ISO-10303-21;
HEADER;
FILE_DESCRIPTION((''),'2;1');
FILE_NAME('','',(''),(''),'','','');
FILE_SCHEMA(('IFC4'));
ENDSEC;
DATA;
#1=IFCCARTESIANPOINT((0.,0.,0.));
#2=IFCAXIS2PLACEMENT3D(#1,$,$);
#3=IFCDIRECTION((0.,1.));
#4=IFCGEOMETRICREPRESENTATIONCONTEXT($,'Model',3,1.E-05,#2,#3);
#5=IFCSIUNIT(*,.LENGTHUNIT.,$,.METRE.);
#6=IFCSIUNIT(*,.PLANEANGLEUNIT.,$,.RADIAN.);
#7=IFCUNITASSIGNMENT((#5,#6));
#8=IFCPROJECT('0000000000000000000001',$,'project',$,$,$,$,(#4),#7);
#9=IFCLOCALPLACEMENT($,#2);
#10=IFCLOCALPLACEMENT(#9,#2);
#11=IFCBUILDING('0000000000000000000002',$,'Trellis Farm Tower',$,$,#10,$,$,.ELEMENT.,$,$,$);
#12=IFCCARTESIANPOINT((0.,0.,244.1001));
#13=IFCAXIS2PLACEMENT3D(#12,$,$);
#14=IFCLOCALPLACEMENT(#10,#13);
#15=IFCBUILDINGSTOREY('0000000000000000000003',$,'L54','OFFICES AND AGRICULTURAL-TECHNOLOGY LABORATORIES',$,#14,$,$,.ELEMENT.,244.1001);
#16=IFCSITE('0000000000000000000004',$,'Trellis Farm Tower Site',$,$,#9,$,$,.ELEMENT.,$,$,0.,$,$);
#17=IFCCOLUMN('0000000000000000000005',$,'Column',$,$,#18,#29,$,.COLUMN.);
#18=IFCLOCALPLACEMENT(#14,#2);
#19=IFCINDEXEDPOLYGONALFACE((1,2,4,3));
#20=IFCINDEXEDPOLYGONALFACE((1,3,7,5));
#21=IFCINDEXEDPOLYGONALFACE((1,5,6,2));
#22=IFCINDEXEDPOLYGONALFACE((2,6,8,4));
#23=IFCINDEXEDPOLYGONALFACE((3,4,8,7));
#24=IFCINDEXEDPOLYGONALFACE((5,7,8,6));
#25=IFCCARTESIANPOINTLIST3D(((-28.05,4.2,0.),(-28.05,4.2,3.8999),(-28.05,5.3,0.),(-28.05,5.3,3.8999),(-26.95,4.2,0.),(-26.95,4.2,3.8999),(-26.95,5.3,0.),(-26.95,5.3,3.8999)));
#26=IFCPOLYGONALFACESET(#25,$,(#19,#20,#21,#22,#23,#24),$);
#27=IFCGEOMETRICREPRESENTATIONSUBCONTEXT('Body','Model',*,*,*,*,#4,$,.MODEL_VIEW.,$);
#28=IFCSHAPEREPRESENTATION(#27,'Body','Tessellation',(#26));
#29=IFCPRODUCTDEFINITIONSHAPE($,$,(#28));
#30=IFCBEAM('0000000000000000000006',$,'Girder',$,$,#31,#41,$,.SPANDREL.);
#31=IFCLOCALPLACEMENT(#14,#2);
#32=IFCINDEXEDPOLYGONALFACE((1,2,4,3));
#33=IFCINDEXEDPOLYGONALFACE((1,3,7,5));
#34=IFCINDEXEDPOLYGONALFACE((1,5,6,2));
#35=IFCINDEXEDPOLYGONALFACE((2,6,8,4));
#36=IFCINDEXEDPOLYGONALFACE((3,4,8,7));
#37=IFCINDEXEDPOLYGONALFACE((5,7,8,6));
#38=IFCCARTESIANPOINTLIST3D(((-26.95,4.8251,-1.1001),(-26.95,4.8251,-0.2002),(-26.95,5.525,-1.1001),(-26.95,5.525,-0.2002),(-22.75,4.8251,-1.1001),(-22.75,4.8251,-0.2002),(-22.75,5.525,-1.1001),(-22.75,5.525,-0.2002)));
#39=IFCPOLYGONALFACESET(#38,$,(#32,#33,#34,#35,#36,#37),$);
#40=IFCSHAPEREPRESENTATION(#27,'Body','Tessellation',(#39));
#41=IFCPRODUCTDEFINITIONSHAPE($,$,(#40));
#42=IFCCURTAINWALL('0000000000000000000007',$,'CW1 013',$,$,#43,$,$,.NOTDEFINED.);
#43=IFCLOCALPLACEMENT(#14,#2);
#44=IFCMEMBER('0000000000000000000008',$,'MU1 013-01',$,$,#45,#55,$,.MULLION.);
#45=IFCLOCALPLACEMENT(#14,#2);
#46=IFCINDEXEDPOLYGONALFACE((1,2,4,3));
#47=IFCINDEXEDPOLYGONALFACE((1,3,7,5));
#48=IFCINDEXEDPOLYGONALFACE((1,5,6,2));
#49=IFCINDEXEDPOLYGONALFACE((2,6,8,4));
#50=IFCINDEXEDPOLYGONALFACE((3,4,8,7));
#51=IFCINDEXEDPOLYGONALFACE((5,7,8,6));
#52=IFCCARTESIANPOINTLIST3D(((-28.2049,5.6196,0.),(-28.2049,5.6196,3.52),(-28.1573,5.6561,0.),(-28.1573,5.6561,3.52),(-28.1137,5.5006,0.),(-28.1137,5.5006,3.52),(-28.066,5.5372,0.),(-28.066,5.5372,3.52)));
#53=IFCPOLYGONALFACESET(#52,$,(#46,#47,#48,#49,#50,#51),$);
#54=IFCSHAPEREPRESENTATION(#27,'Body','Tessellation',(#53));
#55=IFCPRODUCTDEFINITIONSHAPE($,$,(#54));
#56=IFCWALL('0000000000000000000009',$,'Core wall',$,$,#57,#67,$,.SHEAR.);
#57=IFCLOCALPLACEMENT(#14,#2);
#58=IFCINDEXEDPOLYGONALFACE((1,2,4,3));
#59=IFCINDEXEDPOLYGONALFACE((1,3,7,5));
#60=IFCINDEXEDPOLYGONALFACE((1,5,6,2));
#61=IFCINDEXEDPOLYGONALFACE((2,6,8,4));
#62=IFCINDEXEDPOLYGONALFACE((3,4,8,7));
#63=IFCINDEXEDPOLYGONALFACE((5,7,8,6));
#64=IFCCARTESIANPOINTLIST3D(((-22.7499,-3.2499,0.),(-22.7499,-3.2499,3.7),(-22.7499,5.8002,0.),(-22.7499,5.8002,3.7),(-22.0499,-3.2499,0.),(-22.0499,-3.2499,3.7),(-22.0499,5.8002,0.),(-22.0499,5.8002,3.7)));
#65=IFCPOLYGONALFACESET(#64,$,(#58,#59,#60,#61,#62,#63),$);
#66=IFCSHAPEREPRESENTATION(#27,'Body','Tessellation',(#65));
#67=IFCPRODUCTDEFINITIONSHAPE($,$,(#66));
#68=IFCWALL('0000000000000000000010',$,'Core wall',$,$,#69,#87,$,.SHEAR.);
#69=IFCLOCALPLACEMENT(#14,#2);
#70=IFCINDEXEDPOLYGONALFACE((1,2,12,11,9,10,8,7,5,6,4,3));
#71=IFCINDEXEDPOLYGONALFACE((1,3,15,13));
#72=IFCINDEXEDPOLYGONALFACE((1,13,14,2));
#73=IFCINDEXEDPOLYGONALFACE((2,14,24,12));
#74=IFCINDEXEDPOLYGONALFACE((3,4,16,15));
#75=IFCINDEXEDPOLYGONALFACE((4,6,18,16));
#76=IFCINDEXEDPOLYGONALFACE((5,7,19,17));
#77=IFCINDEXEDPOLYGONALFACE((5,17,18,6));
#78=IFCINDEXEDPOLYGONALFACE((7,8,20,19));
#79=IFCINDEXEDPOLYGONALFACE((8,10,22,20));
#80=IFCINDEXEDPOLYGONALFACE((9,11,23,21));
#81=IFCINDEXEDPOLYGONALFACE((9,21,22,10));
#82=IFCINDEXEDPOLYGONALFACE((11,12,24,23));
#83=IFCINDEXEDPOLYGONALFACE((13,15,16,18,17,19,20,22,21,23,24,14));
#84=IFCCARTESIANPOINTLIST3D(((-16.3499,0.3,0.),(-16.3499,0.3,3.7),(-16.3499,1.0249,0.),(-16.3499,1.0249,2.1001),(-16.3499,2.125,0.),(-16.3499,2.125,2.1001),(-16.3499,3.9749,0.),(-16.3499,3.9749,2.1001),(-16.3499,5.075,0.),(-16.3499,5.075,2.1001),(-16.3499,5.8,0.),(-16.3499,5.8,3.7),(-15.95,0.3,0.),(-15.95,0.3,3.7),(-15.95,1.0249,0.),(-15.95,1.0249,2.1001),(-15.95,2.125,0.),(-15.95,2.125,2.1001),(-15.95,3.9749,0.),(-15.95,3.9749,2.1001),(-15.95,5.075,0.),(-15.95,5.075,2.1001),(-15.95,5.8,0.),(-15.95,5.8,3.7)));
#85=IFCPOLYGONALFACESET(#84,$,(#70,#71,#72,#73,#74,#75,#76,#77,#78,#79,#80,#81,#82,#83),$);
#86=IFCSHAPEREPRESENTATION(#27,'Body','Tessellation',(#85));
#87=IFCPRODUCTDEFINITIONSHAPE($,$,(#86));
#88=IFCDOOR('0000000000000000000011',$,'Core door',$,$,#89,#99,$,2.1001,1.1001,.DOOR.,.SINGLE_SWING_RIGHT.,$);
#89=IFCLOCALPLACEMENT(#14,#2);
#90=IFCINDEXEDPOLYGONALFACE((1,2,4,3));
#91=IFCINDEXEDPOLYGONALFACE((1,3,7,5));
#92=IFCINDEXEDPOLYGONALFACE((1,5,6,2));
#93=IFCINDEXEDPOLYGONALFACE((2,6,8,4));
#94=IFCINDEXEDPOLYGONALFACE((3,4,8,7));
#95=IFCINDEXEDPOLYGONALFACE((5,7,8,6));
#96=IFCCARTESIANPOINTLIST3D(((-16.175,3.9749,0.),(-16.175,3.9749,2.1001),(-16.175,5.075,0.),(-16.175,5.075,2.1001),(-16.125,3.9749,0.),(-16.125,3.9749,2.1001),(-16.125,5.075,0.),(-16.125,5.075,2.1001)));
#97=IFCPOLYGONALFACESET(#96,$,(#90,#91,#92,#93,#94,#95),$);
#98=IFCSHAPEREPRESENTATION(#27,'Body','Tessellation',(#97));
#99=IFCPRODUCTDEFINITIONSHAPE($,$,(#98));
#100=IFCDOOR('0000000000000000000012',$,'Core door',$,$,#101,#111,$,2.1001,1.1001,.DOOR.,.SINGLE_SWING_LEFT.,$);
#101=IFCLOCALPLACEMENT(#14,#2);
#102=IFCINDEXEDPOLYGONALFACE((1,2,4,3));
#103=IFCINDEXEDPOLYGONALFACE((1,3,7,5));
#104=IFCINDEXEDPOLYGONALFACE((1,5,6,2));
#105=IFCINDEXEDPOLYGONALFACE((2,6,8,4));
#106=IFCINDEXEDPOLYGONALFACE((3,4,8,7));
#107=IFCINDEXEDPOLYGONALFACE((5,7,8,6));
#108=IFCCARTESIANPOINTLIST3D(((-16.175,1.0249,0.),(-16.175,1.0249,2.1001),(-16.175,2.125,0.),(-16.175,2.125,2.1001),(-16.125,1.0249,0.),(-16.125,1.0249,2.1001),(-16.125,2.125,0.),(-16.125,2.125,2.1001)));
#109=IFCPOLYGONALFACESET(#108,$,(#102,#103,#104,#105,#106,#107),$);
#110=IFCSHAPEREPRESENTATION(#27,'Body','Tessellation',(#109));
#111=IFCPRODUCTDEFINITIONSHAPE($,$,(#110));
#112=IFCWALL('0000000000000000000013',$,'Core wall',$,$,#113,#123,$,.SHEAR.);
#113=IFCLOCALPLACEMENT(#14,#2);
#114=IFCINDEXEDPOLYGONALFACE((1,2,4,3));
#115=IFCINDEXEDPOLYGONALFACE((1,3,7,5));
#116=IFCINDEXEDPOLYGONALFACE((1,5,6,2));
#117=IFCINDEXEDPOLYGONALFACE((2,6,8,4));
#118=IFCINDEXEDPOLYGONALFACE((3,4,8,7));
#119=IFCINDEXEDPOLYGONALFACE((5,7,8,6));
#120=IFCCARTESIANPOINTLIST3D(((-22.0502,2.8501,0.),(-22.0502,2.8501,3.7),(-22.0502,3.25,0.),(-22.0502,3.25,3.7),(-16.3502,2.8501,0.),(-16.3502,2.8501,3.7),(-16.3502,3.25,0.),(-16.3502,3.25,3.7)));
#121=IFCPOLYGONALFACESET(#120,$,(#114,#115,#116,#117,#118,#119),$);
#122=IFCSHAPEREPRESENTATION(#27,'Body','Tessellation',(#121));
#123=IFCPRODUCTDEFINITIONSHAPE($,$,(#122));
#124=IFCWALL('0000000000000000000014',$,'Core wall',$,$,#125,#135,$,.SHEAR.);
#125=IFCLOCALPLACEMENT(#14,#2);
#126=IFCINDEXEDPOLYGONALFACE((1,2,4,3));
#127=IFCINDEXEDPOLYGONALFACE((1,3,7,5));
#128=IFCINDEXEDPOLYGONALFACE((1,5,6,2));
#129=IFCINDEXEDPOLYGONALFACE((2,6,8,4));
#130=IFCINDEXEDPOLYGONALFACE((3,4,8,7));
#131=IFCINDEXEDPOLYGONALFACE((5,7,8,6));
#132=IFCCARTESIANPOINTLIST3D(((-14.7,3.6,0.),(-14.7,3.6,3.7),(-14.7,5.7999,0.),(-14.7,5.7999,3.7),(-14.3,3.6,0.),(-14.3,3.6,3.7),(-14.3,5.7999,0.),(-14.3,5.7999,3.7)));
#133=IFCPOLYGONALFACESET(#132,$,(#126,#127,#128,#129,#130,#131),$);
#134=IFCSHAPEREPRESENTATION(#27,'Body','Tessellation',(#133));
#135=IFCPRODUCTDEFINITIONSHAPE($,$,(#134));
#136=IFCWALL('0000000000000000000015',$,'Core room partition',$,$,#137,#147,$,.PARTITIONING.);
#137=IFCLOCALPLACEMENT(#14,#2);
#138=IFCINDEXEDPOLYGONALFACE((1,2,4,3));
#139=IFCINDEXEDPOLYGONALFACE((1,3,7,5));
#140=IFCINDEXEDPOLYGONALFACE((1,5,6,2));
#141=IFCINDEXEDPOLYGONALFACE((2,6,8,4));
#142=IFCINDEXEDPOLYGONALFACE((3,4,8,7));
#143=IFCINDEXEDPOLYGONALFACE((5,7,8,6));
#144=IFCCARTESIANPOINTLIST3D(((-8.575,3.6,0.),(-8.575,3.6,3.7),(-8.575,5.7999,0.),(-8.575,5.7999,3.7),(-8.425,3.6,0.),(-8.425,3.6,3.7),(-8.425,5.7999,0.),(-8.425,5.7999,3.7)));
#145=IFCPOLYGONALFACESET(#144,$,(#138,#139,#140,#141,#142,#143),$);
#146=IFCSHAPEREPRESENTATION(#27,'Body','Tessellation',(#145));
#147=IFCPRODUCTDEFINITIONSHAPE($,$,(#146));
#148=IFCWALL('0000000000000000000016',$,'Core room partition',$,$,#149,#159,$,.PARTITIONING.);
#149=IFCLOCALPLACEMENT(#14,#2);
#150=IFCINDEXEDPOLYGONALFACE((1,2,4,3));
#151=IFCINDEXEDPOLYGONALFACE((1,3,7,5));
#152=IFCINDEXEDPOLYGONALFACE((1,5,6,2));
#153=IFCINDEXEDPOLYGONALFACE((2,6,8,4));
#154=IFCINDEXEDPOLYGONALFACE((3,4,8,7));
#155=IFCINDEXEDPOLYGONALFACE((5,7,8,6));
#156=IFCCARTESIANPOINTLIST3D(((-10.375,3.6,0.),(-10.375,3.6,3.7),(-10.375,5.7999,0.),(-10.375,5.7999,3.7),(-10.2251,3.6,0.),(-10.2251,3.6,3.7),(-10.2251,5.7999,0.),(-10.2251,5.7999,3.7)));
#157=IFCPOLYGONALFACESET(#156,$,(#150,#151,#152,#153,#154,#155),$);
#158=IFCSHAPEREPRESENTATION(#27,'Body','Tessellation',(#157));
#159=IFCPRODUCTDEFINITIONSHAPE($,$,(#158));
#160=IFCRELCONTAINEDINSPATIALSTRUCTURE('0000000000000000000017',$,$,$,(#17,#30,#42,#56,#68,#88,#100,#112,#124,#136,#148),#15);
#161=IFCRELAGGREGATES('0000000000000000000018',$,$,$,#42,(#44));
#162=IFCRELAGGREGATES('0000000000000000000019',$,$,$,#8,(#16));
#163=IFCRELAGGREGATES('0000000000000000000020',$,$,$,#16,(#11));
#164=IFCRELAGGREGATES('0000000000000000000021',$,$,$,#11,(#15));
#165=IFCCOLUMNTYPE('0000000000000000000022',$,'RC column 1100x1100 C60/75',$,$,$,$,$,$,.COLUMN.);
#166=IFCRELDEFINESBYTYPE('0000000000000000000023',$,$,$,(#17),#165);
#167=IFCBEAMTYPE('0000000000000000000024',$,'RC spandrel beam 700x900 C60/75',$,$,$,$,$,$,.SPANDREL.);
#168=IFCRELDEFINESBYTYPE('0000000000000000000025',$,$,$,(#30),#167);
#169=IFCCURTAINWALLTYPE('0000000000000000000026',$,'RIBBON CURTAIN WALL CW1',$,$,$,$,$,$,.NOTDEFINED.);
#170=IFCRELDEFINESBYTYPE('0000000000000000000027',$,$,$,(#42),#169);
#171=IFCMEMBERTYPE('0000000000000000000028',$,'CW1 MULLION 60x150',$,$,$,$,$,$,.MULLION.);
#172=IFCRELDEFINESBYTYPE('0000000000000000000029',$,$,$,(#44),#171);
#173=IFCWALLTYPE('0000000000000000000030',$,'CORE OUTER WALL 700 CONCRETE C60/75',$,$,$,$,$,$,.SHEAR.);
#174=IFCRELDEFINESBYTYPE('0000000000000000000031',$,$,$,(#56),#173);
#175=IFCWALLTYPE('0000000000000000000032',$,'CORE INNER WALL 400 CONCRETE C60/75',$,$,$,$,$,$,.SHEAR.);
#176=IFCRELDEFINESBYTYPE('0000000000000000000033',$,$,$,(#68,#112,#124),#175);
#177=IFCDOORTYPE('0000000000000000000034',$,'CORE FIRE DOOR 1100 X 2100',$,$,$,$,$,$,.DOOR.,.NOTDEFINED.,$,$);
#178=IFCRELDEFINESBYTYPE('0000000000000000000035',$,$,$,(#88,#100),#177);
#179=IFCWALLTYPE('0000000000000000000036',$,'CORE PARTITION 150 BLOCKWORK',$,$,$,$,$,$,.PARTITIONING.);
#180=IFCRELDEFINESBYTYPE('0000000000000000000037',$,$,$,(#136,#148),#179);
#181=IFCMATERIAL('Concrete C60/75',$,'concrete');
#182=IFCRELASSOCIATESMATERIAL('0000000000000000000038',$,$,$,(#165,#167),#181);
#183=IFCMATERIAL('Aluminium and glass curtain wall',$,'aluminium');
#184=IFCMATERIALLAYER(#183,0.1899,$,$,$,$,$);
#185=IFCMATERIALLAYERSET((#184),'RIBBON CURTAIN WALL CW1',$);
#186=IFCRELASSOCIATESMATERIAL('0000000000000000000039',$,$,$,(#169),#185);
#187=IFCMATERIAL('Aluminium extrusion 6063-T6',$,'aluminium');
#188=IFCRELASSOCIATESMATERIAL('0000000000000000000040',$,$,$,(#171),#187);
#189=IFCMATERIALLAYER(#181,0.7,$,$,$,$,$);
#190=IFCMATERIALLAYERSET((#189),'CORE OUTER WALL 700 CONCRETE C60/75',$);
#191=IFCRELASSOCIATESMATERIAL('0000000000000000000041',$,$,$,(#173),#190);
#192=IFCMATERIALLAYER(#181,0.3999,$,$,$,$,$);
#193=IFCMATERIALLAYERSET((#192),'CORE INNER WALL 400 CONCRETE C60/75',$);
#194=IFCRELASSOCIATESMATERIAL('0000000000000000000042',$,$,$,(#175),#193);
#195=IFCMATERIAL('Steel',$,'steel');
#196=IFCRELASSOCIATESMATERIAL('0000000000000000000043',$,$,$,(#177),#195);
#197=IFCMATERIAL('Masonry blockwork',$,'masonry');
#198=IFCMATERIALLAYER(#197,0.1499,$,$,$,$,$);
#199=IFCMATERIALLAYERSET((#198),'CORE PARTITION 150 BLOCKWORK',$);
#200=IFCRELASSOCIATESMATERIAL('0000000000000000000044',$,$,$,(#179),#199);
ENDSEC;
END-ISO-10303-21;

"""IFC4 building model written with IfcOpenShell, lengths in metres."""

from ifc_helpers import new_model, si_unit, direction, frame, frame_2d, origin, origin_2d, place, context, subcontext, project, spatial, rectangle, extrude, source, transform, mapped, material, layer, layer_set, material_profile, profile_set, type_object, element, fill, aggregate, save


model = new_model("IFC4")

# Units and contexts
model_context = context("Model", 3, precision=1e-05, world=origin(), true_north=direction((0.0, 1.0)))
body_context = subcontext(model_context, "Body", "Model", "MODEL_VIEW")
ifc_project = project(units=[si_unit("LENGTHUNIT", "METRE"), si_unit("PLANEANGLEUNIT", "RADIAN")], contexts=[model_context])

# Site, building, storey
site_placement = place(None, origin())
site = spatial("IfcSite", under=ifc_project, at=site_placement, Name="Trellis Farm Tower Site", CompositionType="ELEMENT", RefElevation=0.0)
building_placement = place(site_placement, origin())
building = spatial("IfcBuilding", under=site, at=building_placement, Name="Trellis Farm Tower", CompositionType="ELEMENT")
storey_placement = place(building_placement, frame((0.0, 0.0, 244.1001)))
storey = spatial("IfcBuildingStorey", under=building, at=storey_placement, Name="L54", Description="OFFICES AND AGRICULTURAL-TECHNOLOGY LABORATORIES", CompositionType="ELEMENT", Elevation=244.1001)

# Column
ifc_material_1 = material(Name="Concrete C60/75", Category="concrete")
ifc_material_profile_1 = material_profile(ifc_material_1, rectangle(XDim=1.1001, YDim=1.1001, at=origin_2d()), Name="RC column 1100x1100 C60/75")
ifc_profile_set_1 = profile_set([ifc_material_profile_1], Name="Concrete C60/75")
column_type = type_object("IfcColumnType", Name="RC column 1100x1100 C60/75", PredefinedType="COLUMN", material=ifc_profile_set_1)
shared_shape_1 = source(origin(), body_context, "Body", "SweptSolid", [
    extrude(rectangle(XDim=1.1001, YDim=1.1001, at=origin_2d()), origin(), (0.0, 0.0, 1.0), 3.8999),
])
column_placement = place(storey_placement, frame((-27.5, 4.75, 0.0), z_axis=(0.0, 0.0, 1.0), x_axis=(1.0, 0.0, 0.0)))
element("IfcColumn", 1, at=column_placement, inside=storey, type_object=column_type, Name="Column", PredefinedType="COLUMN", context=body_context, shape_type="MappedRepresentation", body=[
    mapped(shared_shape_1, transform((0.0, 0.0, 0.0))),
])

# Beam
ifc_material_profile_2 = material_profile(ifc_material_1, rectangle(XDim=0.7, YDim=0.8999, at=origin_2d()), Name="RC spandrel beam 700x900 C60/75")
ifc_profile_set_2 = profile_set([ifc_material_profile_2], Name="Concrete C60/75")
beam_type = type_object("IfcBeamType", Name="RC spandrel beam 700x900 C60/75", PredefinedType="SPANDREL", material=ifc_profile_set_2)
shared_shape_2 = source(origin(), body_context, "Body", "SweptSolid", [
    extrude(rectangle(XDim=0.7, YDim=0.8999, at=origin_2d()), origin(), (0.0, 0.0, 1.0), 4.2),
])
beam_placement = place(storey_placement, frame((-26.95, 5.175, -0.6501), z_axis=(1.0, 0.0, 0.0), x_axis=(0.0, 1.0, 0.0)))
element("IfcBeam", 2, at=beam_placement, inside=storey, type_object=beam_type, Name="Girder", PredefinedType="SPANDREL", context=body_context, shape_type="MappedRepresentation", body=[
    mapped(shared_shape_2, transform((0.0, 0.0, 0.0))),
])

# Curtain wall, member
ifc_material_2 = material(Name="Aluminium and glass curtain wall", Category="aluminium")
ifc_layer_1 = layer(ifc_material_2, 0.1899)
ifc_layer_set_1 = layer_set([ifc_layer_1], Name="RIBBON CURTAIN WALL CW1")
curtain_wall_type = type_object("IfcCurtainWallType", Name="RIBBON CURTAIN WALL CW1", PredefinedType="NOTDEFINED", material=ifc_layer_set_1)
placement = place(storey_placement, origin())
curtain_wall = element("IfcCurtainWall", 3, at=placement, inside=storey, type_object=curtain_wall_type, Name="CW1 013", PredefinedType="NOTDEFINED")
ifc_material_3 = material(Name="Aluminium extrusion 6063-T6", Category="aluminium")
ifc_material_profile_3 = material_profile(ifc_material_3, rectangle(XDim=0.0601, YDim=0.1499, at=origin_2d()), Name="MULLION 60x150")
ifc_profile_set_3 = profile_set([ifc_material_profile_3], Name="Aluminium extrusion 6063-T6")
member_type = type_object("IfcMemberType", Name="CW1 MULLION 60x150", PredefinedType="MULLION", material=ifc_profile_set_3)
shared_shape_3 = source(origin(), body_context, "Body", "SweptSolid", [
    extrude(rectangle(XDim=0.0601, YDim=0.1499, at=origin_2d()), origin(), (0.0, 0.0, 1.0), 3.52),
])
member_placement = place(storey_placement, frame((-28.1355, 5.5784, 0.0), z_axis=(0.0, 0.0, 1.0), x_axis=(-0.793353, -0.608761, 0.0)))
member = element("IfcMember", 4, at=member_placement, type_object=member_type, Name="MU1 013-01", PredefinedType="MULLION", context=body_context, shape_type="MappedRepresentation", body=[
    mapped(shared_shape_3, transform((0.0, 0.0, 0.0))),
])
aggregate(curtain_wall, [member])

# Wall
ifc_layer_2 = layer(ifc_material_1, 0.7)
ifc_layer_set_2 = layer_set([ifc_layer_2], Name="CORE OUTER WALL 700 CONCRETE C60/75")
wall_type_1 = type_object("IfcWallType", Name="CORE OUTER WALL 700 CONCRETE C60/75", PredefinedType="SHEAR", material=ifc_layer_set_2)
shared_shape_4 = source(origin(), body_context, "Body", "SweptSolid", [
    extrude(rectangle(XDim=9.05, YDim=0.7, at=frame_2d((4.5249, 0.0))), origin(), (0.0, 0.0, 1.0), 3.7),
])
wall_1_placement = place(storey_placement, frame((-22.3999, 5.8, 0.0), z_axis=(0.0, 0.0, 1.0), x_axis=(0.0, -1.0, 0.0)))
element("IfcWall", 5, at=wall_1_placement, inside=storey, type_object=wall_type_1, Name="Core wall", PredefinedType="SHEAR", context=body_context, shape_type="MappedRepresentation", body=[
    mapped(shared_shape_4, transform((0.0, 0.0, 0.0))),
])

# Wall, openings, doors
ifc_layer_3 = layer(ifc_material_1, 0.3999)
ifc_layer_set_3 = layer_set([ifc_layer_3], Name="CORE INNER WALL 400 CONCRETE C60/75")
wall_type_2 = type_object("IfcWallType", Name="CORE INNER WALL 400 CONCRETE C60/75", PredefinedType="SHEAR", material=ifc_layer_set_3)
shared_shape_5 = source(origin(), body_context, "Body", "SweptSolid", [
    extrude(rectangle(XDim=5.5, YDim=0.3999, at=frame_2d((2.75, 0.0))), origin(), (0.0, 0.0, 1.0), 3.7),
])
wall_2_placement = place(storey_placement, frame((-16.1499, 5.8, 0.0), z_axis=(0.0, 0.0, 1.0), x_axis=(0.0, -1.0, 0.0)))
wall_2 = element("IfcWall", 6, at=wall_2_placement, inside=storey, type_object=wall_type_2, Name="Core wall", PredefinedType="SHEAR", context=body_context, shape_type="MappedRepresentation", body=[
    mapped(shared_shape_5, transform((0.0, 0.0, 0.0))),
])
shared_shape_6 = source(origin(), body_context, "Body", "SweptSolid", [
    extrude(rectangle(XDim=1.1001, YDim=2.1001, at=frame_2d((0.55, 1.05))), frame((0.0, 0.21, 0.0), z_axis=(0.0, -1.0, 0.0), x_axis=(1.0, 0.0, 0.0)), (0.0, 0.0, 1.0), 0.4199),
])
opening_1_placement = place(wall_2_placement, frame((0.7251, 0.0, 0.0)))
opening_1 = element("IfcOpeningElement", 7, at=opening_1_placement, cuts=wall_2, PredefinedType="OPENING", context=body_context, shape_type="MappedRepresentation", body=[
    mapped(shared_shape_6, transform((0.0, 0.0, 0.0))),
])
opening_2_placement = place(wall_2_placement, frame((3.675, 0.0, 0.0)))
opening_2 = element("IfcOpeningElement", 8, at=opening_2_placement, cuts=wall_2, PredefinedType="OPENING", context=body_context, shape_type="MappedRepresentation", body=[
    mapped(shared_shape_6, transform((0.0, 0.0, 0.0))),
])
ifc_material_4 = material(Name="Steel", Category="steel")
door_type = type_object("IfcDoorType", Name="CORE FIRE DOOR 1100 X 2100", OperationType="NOTDEFINED", PredefinedType="DOOR", material=ifc_material_4)
shared_shape_7 = source(origin(), body_context, "Body", "SweptSolid", [
    extrude(rectangle(XDim=1.1001, YDim=2.1001, at=frame_2d((0.55, 1.05))), frame((0.0, 0.0249, 0.0), z_axis=(0.0, -1.0, 0.0), x_axis=(1.0, 0.0, 0.0)), (0.0, 0.0, 1.0), 0.05),
])
door_1_placement = place(opening_1_placement, origin())
door_1 = element("IfcDoor", 9, at=door_1_placement, inside=storey, type_object=door_type, Name="Core door", OperationType="SINGLE_SWING_RIGHT", OverallHeight=2.1001, OverallWidth=1.1001, PredefinedType="DOOR", context=body_context, shape_type="MappedRepresentation", body=[
    mapped(shared_shape_7, transform((0.0, 0.0, 0.0))),
])
fill(opening_1, door_1)
door_2_placement = place(opening_2_placement, origin())
door_2 = element("IfcDoor", 10, at=door_2_placement, inside=storey, type_object=door_type, Name="Core door", OperationType="SINGLE_SWING_LEFT", OverallHeight=2.1001, OverallWidth=1.1001, PredefinedType="DOOR", context=body_context, shape_type="MappedRepresentation", body=[
    mapped(shared_shape_7, transform((0.0, 0.0, 0.0))),
])
fill(opening_2, door_2)

# Walls
shared_shape_8 = source(origin(), body_context, "Body", "SweptSolid", [
    extrude(rectangle(XDim=5.7, YDim=0.3999, at=frame_2d((2.8501, 0.0))), origin(), (0.0, 0.0, 1.0), 3.7),
])
wall_3_placement = place(storey_placement, frame((-16.3501, 3.05, 0.0), z_axis=(0.0, 0.0, 1.0), x_axis=(-1.0, 0.0, 0.0)))
element("IfcWall", 11, at=wall_3_placement, inside=storey, type_object=wall_type_2, Name="Core wall", PredefinedType="SHEAR", context=body_context, shape_type="MappedRepresentation", body=[
    mapped(shared_shape_8, transform((0.0, 0.0, 0.0))),
])
shared_shape_9 = source(origin(), body_context, "Body", "SweptSolid", [
    extrude(rectangle(XDim=2.2, YDim=0.3999, at=frame_2d((1.1001, 0.0))), origin(), (0.0, 0.0, 1.0), 3.7),
])
wall_4_placement = place(storey_placement, frame((-14.5, 5.8, 0.0), z_axis=(0.0, 0.0, 1.0), x_axis=(0.0, -1.0, 0.0)))
element("IfcWall", 12, at=wall_4_placement, inside=storey, type_object=wall_type_2, Name="Core wall", PredefinedType="SHEAR", context=body_context, shape_type="MappedRepresentation", body=[
    mapped(shared_shape_9, transform((0.0, 0.0, 0.0))),
])
ifc_material_5 = material(Name="Masonry blockwork", Category="masonry")
ifc_layer_4 = layer(ifc_material_5, 0.1499)
ifc_layer_set_4 = layer_set([ifc_layer_4], Name="CORE PARTITION 150 BLOCKWORK")
wall_type_3 = type_object("IfcWallType", Name="CORE PARTITION 150 BLOCKWORK", PredefinedType="PARTITIONING", material=ifc_layer_set_4)
shared_shape_10 = source(origin(), body_context, "Body", "SweptSolid", [
    extrude(rectangle(XDim=2.2, YDim=0.1499, at=frame_2d((1.1001, 0.0))), origin(), (0.0, 0.0, 1.0), 3.7),
])
for number, where, z_axis, x_axis, name in (
    (13, (-8.5, 5.8, 0.0), (0.0, 0.0, 1.0), (0.0, -1.0, 0.0), "Core room partition"),
    (14, (-10.3, 5.8, 0.0), (0.0, 0.0, 1.0), (0.0, -1.0, 0.0), "Core room partition"),
):
    element("IfcWall", number, at=place(storey_placement, frame(where, z_axis=z_axis, x_axis=x_axis)), inside=storey, type_object=wall_type_3, Name=name, PredefinedType="PARTITIONING", context=body_context, shape_type="MappedRepresentation", body=[
        mapped(shared_shape_10, transform((0.0, 0.0, 0.0))),
    ])

save(model, "model.ifc")
